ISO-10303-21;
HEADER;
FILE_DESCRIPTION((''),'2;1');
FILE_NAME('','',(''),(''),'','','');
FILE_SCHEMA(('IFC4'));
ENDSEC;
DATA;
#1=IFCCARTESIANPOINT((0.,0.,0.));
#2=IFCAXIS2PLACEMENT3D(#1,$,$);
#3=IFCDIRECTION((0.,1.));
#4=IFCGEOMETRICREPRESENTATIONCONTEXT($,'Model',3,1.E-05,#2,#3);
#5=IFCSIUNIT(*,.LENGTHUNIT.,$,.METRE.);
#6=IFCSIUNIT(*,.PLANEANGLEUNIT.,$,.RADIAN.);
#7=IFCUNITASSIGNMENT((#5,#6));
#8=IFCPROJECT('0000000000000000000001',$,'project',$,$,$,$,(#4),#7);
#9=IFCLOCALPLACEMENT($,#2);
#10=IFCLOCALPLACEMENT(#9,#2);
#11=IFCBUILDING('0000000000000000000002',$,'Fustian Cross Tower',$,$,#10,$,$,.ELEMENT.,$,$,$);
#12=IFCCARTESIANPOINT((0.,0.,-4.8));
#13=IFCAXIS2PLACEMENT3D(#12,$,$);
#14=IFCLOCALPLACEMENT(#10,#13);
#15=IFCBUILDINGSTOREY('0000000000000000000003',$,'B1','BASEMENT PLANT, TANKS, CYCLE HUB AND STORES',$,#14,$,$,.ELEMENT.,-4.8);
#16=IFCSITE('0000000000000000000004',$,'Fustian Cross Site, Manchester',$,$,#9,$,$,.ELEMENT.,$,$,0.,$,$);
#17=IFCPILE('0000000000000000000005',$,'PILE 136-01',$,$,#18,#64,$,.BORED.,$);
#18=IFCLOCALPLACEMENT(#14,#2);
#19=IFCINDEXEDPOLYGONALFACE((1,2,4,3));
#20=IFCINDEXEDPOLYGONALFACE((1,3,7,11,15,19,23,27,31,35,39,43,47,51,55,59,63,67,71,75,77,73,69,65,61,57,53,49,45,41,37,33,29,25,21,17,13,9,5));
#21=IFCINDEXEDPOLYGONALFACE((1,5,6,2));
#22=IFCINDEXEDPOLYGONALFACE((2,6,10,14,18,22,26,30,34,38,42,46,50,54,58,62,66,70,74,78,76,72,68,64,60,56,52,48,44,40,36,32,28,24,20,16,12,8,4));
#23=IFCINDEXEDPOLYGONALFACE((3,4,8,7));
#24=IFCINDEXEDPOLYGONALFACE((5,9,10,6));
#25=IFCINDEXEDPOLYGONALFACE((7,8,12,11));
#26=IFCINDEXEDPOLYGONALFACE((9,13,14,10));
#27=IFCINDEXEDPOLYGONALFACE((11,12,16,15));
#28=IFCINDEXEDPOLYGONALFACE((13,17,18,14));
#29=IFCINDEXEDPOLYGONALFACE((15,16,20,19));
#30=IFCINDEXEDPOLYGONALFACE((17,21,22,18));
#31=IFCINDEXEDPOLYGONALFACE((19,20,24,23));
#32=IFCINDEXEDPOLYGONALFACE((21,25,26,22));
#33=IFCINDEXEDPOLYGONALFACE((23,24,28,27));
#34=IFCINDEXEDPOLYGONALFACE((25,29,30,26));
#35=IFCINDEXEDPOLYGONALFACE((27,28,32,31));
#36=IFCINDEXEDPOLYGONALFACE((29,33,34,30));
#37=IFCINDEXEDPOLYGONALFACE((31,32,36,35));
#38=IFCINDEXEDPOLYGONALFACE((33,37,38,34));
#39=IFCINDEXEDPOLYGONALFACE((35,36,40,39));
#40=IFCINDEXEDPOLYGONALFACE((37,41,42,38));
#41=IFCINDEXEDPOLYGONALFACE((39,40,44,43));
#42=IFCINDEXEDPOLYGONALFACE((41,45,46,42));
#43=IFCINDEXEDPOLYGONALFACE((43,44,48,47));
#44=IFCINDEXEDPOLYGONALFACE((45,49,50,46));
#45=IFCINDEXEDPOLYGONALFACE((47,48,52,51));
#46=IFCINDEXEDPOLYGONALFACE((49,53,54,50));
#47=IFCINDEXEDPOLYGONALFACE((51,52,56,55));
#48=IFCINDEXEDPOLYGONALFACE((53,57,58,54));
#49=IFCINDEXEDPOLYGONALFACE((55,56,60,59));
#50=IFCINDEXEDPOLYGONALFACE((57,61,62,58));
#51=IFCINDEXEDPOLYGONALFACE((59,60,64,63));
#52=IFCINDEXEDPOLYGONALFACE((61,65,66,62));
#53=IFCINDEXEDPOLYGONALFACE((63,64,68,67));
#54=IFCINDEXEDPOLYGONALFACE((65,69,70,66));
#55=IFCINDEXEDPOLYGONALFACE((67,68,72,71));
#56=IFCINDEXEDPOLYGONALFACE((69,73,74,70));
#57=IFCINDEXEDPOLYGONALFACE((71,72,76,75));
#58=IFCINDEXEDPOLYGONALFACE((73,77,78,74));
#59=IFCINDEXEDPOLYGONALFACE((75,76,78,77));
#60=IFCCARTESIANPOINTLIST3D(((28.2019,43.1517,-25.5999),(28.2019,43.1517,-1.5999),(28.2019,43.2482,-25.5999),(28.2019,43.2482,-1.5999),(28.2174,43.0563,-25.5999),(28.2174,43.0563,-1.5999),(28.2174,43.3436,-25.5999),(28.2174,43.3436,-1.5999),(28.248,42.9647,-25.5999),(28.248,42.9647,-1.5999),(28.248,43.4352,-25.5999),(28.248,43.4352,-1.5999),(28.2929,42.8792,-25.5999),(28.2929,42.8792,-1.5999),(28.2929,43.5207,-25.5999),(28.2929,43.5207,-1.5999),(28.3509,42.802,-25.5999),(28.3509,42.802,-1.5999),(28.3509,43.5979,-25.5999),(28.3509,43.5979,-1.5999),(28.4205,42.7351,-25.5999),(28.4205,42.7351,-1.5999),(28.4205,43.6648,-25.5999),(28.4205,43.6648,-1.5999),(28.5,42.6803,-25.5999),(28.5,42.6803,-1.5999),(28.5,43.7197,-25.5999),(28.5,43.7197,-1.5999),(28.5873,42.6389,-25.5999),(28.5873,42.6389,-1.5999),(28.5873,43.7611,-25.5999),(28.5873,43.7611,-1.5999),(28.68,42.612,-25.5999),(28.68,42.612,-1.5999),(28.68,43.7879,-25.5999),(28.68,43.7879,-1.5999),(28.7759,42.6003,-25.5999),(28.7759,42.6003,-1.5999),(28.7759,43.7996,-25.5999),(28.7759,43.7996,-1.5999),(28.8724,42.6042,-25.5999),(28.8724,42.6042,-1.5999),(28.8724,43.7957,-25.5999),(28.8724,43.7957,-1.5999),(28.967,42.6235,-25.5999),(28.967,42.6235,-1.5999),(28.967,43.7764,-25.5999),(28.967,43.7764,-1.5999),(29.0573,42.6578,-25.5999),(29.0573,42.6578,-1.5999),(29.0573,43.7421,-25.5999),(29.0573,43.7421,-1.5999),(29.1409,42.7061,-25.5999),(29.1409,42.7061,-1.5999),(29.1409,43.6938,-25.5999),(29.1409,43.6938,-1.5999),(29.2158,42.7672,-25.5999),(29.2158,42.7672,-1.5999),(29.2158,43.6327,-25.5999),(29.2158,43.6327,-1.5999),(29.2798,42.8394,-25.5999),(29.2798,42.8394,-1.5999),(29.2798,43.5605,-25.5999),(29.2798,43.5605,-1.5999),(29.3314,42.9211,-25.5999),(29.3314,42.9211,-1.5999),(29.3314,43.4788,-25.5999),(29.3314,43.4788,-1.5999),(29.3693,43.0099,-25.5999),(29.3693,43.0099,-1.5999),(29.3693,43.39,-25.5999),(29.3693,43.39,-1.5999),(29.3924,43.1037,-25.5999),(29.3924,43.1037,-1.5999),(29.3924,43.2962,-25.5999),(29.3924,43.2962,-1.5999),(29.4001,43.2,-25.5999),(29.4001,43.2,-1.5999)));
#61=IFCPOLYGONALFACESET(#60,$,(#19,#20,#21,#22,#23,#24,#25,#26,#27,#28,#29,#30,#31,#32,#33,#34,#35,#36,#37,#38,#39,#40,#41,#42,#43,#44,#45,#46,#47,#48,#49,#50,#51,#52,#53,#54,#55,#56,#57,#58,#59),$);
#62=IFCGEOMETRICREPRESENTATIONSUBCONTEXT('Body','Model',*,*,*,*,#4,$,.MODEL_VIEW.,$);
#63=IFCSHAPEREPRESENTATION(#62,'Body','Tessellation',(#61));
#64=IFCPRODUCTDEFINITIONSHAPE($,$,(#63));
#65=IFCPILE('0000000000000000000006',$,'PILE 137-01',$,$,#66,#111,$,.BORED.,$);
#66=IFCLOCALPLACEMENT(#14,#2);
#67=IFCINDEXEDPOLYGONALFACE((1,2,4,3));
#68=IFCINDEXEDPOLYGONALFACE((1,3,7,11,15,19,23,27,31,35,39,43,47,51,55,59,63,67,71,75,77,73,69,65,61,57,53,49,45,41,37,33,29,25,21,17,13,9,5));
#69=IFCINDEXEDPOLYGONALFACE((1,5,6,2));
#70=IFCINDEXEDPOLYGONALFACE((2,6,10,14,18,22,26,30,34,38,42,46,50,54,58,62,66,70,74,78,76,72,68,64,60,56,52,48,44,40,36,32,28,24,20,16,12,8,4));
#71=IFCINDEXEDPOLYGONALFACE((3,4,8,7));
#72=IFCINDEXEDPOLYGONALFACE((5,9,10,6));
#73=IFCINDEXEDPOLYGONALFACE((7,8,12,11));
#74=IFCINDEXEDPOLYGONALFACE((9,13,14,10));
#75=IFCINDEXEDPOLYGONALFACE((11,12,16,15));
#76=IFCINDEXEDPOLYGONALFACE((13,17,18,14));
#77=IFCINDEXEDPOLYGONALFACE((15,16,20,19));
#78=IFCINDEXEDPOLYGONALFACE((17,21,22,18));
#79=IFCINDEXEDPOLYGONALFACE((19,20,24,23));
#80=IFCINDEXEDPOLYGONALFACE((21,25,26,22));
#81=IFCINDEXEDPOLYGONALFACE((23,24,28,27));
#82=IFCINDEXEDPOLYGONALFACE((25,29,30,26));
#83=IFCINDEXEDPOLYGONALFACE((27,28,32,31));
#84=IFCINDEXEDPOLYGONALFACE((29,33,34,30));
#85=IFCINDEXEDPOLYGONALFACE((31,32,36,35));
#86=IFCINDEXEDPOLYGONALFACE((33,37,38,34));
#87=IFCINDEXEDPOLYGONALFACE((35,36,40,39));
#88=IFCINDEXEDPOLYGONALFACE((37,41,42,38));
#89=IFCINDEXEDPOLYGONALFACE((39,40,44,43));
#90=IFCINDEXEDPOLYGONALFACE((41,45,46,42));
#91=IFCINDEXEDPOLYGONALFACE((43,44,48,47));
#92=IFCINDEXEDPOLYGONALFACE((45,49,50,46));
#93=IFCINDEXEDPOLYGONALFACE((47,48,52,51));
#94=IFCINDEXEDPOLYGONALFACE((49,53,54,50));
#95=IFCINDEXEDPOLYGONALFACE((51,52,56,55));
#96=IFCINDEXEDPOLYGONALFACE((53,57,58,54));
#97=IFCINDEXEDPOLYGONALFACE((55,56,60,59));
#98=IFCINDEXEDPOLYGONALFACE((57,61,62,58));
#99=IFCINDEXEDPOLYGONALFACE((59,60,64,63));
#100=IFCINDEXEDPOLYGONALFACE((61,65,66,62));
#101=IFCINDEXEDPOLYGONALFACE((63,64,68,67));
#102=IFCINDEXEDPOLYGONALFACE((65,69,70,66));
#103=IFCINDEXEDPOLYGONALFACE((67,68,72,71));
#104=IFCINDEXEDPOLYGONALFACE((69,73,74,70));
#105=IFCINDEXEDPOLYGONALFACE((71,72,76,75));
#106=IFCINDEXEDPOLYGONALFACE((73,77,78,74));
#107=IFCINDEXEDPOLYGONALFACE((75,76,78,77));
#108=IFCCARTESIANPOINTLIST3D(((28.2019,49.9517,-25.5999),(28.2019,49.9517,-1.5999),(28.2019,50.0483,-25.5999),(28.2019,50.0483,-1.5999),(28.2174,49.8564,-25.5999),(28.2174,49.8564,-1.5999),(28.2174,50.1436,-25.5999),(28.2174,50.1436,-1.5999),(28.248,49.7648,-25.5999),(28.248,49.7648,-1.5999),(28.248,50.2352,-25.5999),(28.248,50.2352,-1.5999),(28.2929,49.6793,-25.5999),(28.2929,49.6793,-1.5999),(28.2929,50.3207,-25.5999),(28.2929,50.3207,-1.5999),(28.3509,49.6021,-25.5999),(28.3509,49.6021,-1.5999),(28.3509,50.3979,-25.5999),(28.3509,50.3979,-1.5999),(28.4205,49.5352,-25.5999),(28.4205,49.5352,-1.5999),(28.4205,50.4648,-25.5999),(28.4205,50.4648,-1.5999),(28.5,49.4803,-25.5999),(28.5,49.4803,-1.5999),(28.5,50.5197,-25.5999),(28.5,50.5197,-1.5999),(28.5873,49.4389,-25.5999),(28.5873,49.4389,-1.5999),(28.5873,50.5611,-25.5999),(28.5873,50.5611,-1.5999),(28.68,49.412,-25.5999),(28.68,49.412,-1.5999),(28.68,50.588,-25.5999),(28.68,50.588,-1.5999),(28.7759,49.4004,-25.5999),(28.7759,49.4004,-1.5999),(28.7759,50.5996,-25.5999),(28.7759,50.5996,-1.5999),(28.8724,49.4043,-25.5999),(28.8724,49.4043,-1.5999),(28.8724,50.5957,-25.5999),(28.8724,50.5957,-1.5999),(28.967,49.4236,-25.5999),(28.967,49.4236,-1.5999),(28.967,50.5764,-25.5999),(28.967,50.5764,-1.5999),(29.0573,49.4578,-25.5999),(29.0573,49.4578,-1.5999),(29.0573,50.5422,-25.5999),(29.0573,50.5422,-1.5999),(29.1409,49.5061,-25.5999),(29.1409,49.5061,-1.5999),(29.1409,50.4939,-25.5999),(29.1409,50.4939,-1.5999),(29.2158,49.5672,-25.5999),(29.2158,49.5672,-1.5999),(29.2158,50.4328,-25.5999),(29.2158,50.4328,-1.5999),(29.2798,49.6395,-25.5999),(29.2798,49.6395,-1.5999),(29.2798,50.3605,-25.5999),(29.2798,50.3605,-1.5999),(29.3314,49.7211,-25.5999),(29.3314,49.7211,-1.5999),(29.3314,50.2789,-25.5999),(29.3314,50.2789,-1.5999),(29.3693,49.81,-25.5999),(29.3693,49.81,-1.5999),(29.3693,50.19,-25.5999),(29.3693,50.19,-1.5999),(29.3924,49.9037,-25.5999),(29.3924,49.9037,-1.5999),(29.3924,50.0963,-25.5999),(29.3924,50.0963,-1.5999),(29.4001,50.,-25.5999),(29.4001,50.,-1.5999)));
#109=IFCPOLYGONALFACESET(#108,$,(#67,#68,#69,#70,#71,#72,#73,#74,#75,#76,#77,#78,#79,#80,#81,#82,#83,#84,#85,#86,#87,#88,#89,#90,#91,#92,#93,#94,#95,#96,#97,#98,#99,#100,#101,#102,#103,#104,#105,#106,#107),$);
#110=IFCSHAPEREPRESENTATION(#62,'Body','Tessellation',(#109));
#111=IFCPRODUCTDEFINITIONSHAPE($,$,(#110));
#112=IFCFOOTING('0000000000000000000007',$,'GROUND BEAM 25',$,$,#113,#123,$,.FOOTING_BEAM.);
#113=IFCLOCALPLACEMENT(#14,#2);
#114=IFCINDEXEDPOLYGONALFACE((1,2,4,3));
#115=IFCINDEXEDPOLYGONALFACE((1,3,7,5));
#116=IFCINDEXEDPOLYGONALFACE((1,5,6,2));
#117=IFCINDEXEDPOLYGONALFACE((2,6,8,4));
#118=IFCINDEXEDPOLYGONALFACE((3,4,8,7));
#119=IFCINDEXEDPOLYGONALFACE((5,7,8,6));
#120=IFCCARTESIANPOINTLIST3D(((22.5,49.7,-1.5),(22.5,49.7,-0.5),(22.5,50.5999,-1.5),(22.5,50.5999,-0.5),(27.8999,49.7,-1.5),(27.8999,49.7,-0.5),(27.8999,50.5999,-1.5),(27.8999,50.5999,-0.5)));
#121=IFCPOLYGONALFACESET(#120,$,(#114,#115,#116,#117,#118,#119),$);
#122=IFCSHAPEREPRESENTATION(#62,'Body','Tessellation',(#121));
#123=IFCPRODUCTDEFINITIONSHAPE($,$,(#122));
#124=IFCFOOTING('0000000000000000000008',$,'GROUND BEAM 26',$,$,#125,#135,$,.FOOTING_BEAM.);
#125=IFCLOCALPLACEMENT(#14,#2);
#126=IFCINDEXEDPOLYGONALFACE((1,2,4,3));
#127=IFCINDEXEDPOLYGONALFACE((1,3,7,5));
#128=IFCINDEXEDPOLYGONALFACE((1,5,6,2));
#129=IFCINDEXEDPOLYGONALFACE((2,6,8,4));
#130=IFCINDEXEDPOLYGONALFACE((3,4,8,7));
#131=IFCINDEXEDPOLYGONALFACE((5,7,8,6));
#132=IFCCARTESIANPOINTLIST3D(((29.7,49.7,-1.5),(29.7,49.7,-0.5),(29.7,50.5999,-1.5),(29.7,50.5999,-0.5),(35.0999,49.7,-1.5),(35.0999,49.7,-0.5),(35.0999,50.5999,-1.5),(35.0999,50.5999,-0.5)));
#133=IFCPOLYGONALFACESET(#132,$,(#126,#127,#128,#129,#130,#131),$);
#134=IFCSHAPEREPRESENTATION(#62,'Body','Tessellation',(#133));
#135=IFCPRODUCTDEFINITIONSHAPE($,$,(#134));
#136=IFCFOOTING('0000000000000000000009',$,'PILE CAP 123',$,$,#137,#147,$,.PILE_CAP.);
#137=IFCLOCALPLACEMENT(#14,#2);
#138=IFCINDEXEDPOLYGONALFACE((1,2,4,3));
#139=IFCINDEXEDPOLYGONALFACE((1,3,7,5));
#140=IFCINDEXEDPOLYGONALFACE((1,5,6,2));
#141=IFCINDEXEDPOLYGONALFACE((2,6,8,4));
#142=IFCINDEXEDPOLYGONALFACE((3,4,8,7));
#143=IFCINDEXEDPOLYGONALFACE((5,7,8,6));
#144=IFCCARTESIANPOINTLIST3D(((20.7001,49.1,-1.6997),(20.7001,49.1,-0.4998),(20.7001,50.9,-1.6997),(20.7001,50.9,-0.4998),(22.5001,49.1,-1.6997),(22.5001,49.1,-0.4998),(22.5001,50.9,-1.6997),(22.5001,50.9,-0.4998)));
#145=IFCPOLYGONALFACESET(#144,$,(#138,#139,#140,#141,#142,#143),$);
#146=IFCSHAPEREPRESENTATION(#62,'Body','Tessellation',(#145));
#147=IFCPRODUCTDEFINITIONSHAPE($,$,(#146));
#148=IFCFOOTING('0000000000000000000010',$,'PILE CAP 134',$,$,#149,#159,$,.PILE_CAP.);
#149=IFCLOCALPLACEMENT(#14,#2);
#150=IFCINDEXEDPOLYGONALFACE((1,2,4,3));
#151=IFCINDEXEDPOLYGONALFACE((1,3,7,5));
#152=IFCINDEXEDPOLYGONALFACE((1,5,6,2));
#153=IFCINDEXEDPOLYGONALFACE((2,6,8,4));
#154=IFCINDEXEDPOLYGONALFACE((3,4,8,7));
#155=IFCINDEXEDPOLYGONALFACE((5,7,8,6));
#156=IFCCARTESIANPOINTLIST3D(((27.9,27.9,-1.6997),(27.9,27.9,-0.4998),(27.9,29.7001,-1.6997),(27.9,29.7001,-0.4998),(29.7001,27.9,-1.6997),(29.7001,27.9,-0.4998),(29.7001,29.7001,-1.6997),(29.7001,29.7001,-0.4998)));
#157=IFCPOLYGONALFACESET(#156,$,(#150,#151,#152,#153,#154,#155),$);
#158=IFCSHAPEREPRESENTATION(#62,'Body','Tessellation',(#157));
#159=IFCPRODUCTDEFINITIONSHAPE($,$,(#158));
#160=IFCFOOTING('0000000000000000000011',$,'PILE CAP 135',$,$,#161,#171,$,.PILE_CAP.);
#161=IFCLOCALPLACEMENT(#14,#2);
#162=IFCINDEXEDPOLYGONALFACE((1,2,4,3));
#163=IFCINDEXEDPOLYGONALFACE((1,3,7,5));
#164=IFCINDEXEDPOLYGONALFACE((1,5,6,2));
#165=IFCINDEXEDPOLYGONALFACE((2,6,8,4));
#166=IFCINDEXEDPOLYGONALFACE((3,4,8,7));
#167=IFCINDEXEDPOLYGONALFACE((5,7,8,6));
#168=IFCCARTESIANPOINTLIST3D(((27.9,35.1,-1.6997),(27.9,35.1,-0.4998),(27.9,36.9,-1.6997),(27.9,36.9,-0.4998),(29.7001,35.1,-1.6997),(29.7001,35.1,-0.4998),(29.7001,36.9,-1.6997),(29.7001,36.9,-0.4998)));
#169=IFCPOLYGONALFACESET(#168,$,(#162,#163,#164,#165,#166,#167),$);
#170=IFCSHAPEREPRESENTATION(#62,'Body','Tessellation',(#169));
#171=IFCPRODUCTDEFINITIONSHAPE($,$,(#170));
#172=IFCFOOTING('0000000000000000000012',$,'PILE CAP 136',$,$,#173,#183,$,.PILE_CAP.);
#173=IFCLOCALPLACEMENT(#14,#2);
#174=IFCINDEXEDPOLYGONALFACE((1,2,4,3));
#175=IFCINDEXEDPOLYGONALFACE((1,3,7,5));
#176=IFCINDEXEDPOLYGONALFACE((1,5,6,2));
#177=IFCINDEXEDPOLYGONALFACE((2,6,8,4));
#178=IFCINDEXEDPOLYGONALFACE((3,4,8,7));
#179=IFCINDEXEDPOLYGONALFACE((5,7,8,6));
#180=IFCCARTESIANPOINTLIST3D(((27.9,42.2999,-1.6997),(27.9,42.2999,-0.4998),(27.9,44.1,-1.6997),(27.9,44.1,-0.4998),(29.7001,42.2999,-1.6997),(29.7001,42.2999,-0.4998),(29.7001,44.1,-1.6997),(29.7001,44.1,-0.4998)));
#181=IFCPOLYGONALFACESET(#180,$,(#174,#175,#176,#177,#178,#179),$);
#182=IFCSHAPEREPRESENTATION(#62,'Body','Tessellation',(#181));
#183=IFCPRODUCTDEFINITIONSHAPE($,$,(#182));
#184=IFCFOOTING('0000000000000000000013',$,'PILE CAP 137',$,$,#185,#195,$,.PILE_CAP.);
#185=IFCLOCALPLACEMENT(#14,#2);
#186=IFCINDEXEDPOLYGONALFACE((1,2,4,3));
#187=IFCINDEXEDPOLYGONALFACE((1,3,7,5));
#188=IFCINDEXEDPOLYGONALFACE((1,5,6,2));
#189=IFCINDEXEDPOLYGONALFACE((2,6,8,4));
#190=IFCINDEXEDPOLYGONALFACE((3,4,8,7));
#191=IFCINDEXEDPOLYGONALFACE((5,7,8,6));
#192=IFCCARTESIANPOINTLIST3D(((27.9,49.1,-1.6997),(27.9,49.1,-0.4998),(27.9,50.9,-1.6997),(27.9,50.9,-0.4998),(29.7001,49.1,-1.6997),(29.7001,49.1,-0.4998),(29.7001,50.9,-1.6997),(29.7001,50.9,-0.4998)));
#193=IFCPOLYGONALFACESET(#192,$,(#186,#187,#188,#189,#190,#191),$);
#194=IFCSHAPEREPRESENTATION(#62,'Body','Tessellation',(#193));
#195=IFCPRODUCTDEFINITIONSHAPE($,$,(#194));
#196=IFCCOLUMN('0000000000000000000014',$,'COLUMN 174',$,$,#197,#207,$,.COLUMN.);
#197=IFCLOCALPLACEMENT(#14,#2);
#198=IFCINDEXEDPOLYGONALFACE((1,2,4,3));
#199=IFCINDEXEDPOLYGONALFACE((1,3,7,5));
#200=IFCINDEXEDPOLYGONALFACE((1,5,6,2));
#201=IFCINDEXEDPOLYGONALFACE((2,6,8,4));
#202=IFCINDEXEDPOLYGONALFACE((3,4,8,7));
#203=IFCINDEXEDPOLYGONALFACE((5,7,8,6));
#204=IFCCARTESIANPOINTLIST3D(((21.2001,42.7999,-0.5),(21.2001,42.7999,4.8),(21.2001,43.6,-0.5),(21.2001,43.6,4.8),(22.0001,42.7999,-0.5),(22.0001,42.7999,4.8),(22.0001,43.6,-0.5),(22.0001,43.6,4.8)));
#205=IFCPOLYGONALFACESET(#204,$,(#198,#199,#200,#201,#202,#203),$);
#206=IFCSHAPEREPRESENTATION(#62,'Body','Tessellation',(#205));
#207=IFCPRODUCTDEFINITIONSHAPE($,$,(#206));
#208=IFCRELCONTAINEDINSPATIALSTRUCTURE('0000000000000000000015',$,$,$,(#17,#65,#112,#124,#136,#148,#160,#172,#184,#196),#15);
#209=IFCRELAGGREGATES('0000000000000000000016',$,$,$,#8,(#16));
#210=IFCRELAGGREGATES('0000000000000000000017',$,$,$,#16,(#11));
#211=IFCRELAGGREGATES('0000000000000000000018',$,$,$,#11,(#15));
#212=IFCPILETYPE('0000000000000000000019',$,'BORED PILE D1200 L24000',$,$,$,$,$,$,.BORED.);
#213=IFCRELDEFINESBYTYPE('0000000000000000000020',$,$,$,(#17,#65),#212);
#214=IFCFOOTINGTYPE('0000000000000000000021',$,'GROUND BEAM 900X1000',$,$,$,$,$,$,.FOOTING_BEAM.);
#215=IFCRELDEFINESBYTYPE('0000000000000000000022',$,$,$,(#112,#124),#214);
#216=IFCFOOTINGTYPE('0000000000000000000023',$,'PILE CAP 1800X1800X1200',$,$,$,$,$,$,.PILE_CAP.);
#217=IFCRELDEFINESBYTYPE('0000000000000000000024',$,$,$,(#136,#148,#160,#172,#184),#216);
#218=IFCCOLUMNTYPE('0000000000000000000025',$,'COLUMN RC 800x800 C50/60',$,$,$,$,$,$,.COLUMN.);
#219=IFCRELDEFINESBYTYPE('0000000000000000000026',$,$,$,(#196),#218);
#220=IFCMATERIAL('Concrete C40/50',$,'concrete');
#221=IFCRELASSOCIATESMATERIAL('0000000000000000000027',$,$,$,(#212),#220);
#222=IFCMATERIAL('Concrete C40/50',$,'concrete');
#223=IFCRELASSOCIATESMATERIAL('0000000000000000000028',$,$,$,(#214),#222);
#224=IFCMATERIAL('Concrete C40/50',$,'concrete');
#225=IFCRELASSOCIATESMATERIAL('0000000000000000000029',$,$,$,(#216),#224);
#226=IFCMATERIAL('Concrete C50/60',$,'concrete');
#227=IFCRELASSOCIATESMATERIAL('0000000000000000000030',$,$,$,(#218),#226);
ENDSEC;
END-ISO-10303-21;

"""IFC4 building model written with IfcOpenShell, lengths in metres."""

from ifc_helpers import new_model, si_unit, direction, frame, origin, origin_2d, place, context, subcontext, project, spatial, rectangle, circle, extrude, material, material_profile, profile_set, type_object, element, save


model = new_model("IFC4")

# Units and contexts
model_context = context("Model", 3, precision=1e-05, world=origin(), true_north=direction((0.0, 1.0)))
body_context = subcontext(model_context, "Body", "Model", "MODEL_VIEW")
ifc_project = project(units=[si_unit("LENGTHUNIT", "METRE"), si_unit("PLANEANGLEUNIT", "RADIAN")], contexts=[model_context])

# Site, building, storey
site_placement = place(None, origin())
site = spatial("IfcSite", under=ifc_project, at=site_placement, Name="Fustian Cross Site, Manchester", CompositionType="ELEMENT", RefElevation=0.0)
building_placement = place(site_placement, origin())
building = spatial("IfcBuilding", under=site, at=building_placement, Name="Fustian Cross Tower", CompositionType="ELEMENT")
storey_placement = place(building_placement, frame((0.0, 0.0, -4.8)))
storey = spatial("IfcBuildingStorey", under=building, at=storey_placement, Name="B1", Description="BASEMENT PLANT, TANKS, CYCLE HUB AND STORES", CompositionType="ELEMENT", Elevation=-4.8)

# Piles
ifc_material_1 = material(Name="Concrete C40/50", Category="concrete")
ifc_material_profile_1 = material_profile(ifc_material_1, circle(Radius=0.6001, at=origin_2d()), Name="BORED PILE D1200 L24000")
ifc_profile_set_1 = profile_set([ifc_material_profile_1], Name="Concrete C40/50")
pile_type = type_object("IfcPileType", Name="BORED PILE D1200 L24000", PredefinedType="BORED", material=ifc_profile_set_1)
for number, where, z_axis, x_axis, name in (
    (1, (28.8, 43.2, -1.5999), (0.0, 0.0, -1.0), (1.0, 0.0, 0.0), "PILE 136-01"),
    (2, (28.8, 50.0, -1.5999), (0.0, 0.0, -1.0), (1.0, 0.0, 0.0), "PILE 137-01"),
):
    element("IfcPile", number, at=place(storey_placement, frame(where, z_axis=z_axis, x_axis=x_axis)), inside=storey, type_object=pile_type, Name=name, PredefinedType="BORED", context=body_context, shape_type="SweptSolid", body=[
        extrude(circle(Radius=0.6001, at=origin_2d()), origin(), (0.0, 0.0, 1.0), 24.0),
    ])

# Footings
ifc_material_2 = material(Name="Concrete C40/50", Category="concrete")
footing_type_1 = type_object("IfcFootingType", Name="GROUND BEAM 900X1000", PredefinedType="FOOTING_BEAM", material=ifc_material_2)
for number, where, z_axis, x_axis, name in (
    (3, (25.2, 50.1499, -1.5), (0.0, 0.0, 1.0), (1.0, 0.0, 0.0), "GROUND BEAM 25"),
    (4, (32.3999, 50.1499, -1.5), (0.0, 0.0, 1.0), (1.0, 0.0, 0.0), "GROUND BEAM 26"),
):
    element("IfcFooting", number, at=place(storey_placement, frame(where, z_axis=z_axis, x_axis=x_axis)), inside=storey, type_object=footing_type_1, Name=name, PredefinedType="FOOTING_BEAM", context=body_context, shape_type="SweptSolid", body=[
        extrude(rectangle(XDim=5.3999, YDim=0.8999, at=origin_2d()), origin(), (0.0, 0.0, 1.0), 1.0),
    ])
ifc_material_3 = material(Name="Concrete C40/50", Category="concrete")
footing_type_2 = type_object("IfcFootingType", Name="PILE CAP 1800X1800X1200", PredefinedType="PILE_CAP", material=ifc_material_3)
for number, where, z_axis, x_axis, name in (
    (5, (21.6001, 50.0, -1.6997), (0.0, 0.0, 1.0), (1.0, 0.0, 0.0), "PILE CAP 123"),
    (6, (28.8, 28.8, -1.6997), (0.0, 0.0, 1.0), (1.0, 0.0, 0.0), "PILE CAP 134"),
    (7, (28.8, 36.0, -1.6997), (0.0, 0.0, 1.0), (1.0, 0.0, 0.0), "PILE CAP 135"),
    (8, (28.8, 43.2, -1.6997), (0.0, 0.0, 1.0), (1.0, 0.0, 0.0), "PILE CAP 136"),
    (9, (28.8, 50.0, -1.6997), (0.0, 0.0, 1.0), (1.0, 0.0, 0.0), "PILE CAP 137"),
):
    element("IfcFooting", number, at=place(storey_placement, frame(where, z_axis=z_axis, x_axis=x_axis)), inside=storey, type_object=footing_type_2, Name=name, PredefinedType="PILE_CAP", context=body_context, shape_type="SweptSolid", body=[
        extrude(rectangle(XDim=1.8, YDim=1.8, at=origin_2d()), origin(), (0.0, 0.0, 1.0), 1.2),
    ])

# Column
ifc_material_4 = material(Name="Concrete C50/60", Category="concrete")
ifc_material_profile_2 = material_profile(ifc_material_4, rectangle(XDim=0.8, YDim=0.8, at=origin_2d()), Name="RC 800x800")
ifc_profile_set_2 = profile_set([ifc_material_profile_2], Name="Concrete C50/60")
column_type = type_object("IfcColumnType", Name="COLUMN RC 800x800 C50/60", PredefinedType="COLUMN", material=ifc_profile_set_2)
for number, where, z_axis, x_axis, name in (
    (10, (21.6001, 43.2, -0.5), (0.0, 0.0, 1.0), (1.0, 0.0, 0.0), "COLUMN 174"),
):
    element("IfcColumn", number, at=place(storey_placement, frame(where, z_axis=z_axis, x_axis=x_axis)), inside=storey, type_object=column_type, Name=name, PredefinedType="COLUMN", context=body_context, shape_type="SweptSolid", body=[
        extrude(rectangle(XDim=0.8, YDim=0.8, at=origin_2d()), origin(), (0.0, 0.0, 1.0), 5.3),
    ])

save(model, "model.ifc")
